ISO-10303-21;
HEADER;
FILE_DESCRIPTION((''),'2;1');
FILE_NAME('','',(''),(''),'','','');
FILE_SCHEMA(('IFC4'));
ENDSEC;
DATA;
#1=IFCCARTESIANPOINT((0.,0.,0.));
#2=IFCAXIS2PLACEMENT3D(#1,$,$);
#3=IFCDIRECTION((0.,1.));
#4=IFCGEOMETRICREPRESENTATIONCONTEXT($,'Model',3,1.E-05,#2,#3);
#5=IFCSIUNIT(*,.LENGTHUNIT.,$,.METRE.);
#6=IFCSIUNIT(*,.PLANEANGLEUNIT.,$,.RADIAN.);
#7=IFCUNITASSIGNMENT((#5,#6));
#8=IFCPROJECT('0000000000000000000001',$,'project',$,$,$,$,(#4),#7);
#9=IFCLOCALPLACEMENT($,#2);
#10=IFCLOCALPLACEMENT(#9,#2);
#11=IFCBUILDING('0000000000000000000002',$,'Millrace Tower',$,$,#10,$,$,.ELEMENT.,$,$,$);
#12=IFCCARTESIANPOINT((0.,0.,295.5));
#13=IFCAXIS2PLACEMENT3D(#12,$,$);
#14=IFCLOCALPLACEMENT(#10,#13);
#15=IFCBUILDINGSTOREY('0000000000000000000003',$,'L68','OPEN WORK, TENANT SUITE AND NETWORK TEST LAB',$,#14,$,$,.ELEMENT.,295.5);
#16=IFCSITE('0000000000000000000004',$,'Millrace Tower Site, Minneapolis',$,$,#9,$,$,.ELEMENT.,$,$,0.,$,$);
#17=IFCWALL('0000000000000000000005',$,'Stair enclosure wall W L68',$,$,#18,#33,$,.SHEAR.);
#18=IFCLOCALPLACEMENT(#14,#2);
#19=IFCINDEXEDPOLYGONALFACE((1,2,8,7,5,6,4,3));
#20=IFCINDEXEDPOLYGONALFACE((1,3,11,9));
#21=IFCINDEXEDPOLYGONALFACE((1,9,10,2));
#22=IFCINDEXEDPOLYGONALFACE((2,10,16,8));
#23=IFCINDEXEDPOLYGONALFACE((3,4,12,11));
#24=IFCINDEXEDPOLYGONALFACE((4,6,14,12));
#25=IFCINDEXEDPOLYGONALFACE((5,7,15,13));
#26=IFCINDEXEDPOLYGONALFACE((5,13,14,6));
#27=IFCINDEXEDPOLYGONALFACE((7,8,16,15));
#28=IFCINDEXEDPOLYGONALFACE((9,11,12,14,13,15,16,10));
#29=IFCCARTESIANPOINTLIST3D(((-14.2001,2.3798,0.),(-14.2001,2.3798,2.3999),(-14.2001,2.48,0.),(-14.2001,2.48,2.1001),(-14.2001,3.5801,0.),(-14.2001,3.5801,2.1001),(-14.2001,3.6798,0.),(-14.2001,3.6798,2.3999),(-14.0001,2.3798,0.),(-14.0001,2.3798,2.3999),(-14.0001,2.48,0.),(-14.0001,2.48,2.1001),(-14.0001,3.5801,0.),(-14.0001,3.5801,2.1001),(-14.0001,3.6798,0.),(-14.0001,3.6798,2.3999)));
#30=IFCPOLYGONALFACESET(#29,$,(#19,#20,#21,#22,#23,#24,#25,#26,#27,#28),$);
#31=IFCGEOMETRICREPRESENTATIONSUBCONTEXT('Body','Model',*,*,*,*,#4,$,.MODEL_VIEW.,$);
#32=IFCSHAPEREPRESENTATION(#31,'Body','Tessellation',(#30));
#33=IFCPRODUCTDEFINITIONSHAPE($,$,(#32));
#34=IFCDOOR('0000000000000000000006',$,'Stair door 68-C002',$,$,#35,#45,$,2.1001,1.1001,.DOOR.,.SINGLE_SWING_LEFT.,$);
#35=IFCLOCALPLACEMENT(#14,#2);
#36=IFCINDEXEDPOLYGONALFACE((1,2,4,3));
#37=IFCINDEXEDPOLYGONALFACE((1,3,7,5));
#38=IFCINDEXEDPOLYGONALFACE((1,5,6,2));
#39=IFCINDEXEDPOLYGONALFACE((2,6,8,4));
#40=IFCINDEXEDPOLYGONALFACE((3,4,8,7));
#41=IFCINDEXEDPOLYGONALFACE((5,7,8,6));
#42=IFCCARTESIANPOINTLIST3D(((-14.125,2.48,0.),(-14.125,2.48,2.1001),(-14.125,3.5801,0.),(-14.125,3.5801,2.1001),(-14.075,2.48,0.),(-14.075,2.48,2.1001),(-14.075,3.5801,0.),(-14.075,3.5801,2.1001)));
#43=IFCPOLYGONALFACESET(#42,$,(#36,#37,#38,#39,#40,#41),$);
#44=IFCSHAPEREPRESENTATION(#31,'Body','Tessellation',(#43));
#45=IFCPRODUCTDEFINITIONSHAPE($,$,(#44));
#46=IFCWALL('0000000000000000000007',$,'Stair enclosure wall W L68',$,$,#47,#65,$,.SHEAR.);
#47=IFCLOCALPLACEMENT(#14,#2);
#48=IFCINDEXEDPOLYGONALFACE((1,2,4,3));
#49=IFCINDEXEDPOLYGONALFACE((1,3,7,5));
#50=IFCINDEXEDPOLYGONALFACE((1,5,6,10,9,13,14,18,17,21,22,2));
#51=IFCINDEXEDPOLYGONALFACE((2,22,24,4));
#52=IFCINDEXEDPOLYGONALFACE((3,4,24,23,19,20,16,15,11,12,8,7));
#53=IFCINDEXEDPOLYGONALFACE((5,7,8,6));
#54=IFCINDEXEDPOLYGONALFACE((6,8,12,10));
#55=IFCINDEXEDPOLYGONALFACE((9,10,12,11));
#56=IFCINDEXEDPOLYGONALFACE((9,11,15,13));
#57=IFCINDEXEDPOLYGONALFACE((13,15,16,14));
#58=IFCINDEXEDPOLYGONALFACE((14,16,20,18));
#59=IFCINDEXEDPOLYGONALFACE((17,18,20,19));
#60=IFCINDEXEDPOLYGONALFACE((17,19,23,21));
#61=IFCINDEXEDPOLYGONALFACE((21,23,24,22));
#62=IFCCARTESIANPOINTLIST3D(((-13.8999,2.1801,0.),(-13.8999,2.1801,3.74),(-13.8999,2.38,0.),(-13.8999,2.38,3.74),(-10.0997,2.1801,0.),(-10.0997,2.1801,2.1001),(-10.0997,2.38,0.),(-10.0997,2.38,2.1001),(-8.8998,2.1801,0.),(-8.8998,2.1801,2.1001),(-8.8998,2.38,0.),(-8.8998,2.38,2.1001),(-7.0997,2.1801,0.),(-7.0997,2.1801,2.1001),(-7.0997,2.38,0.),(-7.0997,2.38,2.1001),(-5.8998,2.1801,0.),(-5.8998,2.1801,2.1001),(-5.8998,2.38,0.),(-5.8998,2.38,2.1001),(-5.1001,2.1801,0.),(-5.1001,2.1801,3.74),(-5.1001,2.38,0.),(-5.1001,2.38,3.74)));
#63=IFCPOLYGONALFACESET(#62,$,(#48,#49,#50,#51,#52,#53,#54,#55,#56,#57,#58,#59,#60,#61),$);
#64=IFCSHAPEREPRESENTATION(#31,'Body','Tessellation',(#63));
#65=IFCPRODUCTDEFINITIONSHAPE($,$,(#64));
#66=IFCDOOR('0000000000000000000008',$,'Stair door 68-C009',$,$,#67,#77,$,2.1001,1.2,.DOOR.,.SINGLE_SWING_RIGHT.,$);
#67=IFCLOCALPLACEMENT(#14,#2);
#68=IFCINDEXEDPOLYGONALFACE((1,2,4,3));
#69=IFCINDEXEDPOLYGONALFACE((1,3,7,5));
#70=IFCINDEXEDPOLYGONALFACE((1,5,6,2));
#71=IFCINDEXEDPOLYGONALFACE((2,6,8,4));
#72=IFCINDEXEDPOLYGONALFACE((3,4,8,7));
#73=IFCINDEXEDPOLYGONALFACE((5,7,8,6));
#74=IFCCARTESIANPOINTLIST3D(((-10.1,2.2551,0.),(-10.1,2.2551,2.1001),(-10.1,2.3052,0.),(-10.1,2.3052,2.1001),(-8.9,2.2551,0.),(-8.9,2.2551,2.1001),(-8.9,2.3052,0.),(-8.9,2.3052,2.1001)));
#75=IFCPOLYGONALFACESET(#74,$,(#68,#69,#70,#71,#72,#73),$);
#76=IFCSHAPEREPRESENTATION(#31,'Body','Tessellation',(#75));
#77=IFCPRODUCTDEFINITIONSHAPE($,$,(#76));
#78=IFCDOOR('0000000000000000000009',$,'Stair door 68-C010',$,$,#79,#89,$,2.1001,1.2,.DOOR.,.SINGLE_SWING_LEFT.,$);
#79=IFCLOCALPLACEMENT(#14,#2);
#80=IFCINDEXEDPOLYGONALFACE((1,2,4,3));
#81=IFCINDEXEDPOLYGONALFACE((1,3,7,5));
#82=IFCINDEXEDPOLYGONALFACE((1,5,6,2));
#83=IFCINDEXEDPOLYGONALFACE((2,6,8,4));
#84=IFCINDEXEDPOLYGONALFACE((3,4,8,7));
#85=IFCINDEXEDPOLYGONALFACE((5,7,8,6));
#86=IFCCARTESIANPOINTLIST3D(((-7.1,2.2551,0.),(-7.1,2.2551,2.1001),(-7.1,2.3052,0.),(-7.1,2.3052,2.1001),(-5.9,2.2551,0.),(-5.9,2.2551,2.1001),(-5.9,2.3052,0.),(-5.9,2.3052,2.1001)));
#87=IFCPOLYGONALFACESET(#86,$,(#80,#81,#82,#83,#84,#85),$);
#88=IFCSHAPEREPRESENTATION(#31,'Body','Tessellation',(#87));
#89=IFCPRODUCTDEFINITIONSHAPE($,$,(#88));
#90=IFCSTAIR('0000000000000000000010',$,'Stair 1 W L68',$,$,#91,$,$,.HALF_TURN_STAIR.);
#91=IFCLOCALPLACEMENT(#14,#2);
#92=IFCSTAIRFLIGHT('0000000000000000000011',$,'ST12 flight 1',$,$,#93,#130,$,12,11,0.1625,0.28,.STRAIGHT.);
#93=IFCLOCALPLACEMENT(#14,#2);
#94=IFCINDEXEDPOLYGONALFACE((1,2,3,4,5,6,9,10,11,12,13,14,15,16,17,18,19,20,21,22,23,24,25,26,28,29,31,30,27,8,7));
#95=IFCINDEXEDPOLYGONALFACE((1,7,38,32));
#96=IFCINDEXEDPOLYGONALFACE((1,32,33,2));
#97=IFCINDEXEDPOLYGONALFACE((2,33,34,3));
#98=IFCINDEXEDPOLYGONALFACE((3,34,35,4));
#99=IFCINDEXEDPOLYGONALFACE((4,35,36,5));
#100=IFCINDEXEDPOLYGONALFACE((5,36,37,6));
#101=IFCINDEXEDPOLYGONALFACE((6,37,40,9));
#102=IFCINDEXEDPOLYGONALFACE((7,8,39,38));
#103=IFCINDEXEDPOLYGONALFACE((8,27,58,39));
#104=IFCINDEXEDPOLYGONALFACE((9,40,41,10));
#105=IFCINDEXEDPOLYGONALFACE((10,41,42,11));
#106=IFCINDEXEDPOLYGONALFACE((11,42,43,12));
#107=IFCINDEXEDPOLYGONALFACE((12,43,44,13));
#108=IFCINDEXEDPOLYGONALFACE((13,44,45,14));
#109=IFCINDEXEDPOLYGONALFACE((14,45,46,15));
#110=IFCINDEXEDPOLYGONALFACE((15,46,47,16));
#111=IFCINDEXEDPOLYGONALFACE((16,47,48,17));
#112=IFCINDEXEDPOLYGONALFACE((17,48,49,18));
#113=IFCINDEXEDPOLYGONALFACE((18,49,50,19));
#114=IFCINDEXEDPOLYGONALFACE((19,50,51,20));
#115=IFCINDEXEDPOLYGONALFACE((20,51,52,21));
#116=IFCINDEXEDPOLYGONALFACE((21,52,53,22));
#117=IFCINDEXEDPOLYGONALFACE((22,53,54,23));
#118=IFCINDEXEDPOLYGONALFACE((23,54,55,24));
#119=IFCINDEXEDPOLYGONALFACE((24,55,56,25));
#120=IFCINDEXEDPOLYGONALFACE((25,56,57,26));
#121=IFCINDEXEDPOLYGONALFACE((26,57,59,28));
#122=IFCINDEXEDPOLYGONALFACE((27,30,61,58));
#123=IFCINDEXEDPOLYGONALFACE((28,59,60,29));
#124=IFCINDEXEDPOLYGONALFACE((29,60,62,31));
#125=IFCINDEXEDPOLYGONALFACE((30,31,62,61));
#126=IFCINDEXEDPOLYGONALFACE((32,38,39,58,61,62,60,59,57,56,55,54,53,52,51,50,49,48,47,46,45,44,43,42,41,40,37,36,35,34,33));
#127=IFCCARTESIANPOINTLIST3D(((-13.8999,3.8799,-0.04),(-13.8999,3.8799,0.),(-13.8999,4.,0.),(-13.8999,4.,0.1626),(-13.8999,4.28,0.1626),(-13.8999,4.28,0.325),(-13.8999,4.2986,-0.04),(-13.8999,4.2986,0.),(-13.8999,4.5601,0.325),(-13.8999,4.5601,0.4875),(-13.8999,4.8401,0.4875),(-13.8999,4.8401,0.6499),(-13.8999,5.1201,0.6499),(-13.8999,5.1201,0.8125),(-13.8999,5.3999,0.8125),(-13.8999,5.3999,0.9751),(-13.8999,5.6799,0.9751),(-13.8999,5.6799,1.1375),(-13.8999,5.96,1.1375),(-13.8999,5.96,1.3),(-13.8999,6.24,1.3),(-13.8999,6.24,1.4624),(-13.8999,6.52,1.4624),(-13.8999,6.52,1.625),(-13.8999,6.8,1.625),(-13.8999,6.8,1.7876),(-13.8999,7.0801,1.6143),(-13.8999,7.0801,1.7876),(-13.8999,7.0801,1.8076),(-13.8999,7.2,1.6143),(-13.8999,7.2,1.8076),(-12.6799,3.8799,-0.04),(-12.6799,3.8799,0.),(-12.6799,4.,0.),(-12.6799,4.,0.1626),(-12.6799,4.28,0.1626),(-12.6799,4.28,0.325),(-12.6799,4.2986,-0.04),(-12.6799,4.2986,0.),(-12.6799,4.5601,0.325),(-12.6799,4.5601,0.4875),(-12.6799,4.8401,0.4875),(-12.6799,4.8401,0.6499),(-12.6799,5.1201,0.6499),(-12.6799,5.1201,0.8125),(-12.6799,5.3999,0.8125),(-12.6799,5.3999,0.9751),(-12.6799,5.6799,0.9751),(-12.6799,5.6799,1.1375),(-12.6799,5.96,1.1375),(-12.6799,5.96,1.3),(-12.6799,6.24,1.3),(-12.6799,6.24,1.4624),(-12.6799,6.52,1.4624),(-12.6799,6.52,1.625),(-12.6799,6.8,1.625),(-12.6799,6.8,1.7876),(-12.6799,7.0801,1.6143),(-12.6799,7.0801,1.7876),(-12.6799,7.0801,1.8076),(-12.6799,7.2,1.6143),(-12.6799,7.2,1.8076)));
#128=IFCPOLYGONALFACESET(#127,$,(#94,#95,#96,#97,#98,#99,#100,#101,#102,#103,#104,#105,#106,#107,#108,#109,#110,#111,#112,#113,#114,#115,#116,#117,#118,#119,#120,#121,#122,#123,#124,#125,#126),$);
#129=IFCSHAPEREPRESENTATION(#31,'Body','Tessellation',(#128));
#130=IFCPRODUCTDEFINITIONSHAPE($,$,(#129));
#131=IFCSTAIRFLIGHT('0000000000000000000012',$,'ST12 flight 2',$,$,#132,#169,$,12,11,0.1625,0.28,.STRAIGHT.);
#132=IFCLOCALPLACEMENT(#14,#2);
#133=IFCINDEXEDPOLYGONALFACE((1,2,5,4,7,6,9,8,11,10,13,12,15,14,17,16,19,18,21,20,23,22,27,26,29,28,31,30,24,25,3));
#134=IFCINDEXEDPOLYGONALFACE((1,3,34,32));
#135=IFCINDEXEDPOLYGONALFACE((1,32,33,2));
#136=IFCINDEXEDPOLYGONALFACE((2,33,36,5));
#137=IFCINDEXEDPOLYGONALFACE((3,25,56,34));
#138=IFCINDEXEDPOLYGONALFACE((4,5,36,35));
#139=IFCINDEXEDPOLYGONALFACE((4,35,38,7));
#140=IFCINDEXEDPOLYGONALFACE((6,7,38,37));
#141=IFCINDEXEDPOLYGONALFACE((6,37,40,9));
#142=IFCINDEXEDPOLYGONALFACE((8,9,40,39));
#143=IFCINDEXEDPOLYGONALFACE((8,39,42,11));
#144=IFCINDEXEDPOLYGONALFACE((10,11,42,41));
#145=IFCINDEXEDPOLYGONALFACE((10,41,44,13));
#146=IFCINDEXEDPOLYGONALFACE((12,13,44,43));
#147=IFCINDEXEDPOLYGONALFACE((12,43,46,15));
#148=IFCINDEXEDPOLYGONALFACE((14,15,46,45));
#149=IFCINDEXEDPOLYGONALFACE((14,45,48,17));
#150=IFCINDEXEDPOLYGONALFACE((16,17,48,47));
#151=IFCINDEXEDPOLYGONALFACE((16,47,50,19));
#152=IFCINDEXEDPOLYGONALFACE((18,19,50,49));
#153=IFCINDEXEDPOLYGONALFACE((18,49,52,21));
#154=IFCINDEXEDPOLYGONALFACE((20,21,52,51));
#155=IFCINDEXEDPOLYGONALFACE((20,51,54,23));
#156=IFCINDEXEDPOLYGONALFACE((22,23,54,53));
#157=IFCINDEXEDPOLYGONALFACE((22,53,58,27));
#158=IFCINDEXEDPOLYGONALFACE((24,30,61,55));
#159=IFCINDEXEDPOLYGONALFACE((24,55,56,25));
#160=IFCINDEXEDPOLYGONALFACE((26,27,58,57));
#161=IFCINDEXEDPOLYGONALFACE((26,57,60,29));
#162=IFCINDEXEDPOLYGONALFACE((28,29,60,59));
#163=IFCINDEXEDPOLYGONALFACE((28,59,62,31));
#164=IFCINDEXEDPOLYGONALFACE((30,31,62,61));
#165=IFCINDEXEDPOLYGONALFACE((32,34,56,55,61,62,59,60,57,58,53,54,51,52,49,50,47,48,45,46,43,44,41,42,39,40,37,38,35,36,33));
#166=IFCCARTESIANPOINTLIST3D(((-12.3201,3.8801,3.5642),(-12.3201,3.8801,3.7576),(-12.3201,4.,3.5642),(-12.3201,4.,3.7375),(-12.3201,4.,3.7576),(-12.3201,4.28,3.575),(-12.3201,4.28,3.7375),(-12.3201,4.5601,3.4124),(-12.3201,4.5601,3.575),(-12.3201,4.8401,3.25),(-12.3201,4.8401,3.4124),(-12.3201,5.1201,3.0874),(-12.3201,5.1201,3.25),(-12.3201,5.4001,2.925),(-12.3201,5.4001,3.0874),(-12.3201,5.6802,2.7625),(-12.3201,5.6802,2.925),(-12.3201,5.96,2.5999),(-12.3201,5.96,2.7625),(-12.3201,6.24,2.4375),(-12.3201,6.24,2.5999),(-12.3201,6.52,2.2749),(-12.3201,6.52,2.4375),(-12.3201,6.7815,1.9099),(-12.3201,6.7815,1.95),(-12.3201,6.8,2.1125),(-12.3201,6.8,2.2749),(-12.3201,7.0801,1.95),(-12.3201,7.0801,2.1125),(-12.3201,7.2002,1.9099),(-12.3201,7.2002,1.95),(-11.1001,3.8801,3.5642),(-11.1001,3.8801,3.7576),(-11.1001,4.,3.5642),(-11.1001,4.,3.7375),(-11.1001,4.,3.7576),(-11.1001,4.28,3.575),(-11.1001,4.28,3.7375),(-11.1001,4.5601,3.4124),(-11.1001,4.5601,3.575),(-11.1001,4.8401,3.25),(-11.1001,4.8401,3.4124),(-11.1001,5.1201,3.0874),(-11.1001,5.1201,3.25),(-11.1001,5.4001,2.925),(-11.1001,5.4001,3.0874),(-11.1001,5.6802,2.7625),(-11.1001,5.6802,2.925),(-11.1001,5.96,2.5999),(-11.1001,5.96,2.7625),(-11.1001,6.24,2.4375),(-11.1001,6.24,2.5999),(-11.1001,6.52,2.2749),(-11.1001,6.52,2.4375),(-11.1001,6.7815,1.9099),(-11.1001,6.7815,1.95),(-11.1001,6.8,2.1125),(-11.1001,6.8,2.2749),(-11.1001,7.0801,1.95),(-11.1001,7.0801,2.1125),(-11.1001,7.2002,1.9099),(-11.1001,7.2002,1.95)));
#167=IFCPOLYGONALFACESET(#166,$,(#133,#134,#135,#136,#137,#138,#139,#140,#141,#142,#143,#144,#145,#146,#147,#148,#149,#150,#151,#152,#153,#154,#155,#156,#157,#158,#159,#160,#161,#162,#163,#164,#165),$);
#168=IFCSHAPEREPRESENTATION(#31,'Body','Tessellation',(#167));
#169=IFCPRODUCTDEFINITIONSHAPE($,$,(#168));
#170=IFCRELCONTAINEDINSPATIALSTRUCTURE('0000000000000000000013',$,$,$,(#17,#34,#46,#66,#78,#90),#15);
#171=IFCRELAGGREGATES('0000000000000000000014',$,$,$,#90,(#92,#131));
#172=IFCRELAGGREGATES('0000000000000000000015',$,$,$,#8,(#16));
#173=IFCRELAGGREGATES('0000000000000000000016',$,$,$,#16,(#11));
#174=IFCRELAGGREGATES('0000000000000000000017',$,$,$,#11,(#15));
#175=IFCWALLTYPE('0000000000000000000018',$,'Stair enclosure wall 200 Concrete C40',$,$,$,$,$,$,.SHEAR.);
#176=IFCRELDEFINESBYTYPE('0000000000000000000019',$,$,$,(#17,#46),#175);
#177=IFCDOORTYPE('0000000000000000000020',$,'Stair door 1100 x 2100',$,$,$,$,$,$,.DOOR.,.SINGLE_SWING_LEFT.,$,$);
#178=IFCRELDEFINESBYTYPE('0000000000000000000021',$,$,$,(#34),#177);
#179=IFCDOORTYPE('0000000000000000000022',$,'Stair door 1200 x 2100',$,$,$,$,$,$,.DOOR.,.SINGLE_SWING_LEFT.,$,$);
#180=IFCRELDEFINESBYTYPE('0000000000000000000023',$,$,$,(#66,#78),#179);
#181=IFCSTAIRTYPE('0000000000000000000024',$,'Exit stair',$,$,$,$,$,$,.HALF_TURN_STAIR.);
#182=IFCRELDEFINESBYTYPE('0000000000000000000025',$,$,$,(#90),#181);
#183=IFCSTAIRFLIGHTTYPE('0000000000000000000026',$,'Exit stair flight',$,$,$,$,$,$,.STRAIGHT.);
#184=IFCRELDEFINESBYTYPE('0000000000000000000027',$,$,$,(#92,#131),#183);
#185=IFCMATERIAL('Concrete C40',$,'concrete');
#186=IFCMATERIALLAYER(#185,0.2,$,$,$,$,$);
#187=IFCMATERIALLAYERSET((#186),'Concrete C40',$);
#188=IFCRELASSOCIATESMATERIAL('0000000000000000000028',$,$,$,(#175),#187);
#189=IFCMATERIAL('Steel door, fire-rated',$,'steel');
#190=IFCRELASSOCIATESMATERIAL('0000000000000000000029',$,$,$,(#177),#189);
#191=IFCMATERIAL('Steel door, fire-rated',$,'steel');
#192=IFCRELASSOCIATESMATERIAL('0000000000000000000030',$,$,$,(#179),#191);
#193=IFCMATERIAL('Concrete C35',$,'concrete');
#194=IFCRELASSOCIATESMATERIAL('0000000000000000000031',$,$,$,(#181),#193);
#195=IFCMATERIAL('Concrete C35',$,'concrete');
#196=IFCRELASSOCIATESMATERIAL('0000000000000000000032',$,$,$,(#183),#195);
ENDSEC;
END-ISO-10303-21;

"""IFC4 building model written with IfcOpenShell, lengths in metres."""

from ifc_helpers import new_model, si_unit, direction, frame, frame_2d, origin, place, context, subcontext, project, spatial, polyline, rectangle, outline, extrude, material, layer, layer_set, type_object, element, fill, aggregate, save


model = new_model("IFC4")

# Units and contexts
model_context = context("Model", 3, precision=1e-05, world=origin(), true_north=direction((0.0, 1.0)))
body_context = subcontext(model_context, "Body", "Model", "MODEL_VIEW")
ifc_project = project(units=[si_unit("LENGTHUNIT", "METRE"), si_unit("PLANEANGLEUNIT", "RADIAN")], contexts=[model_context])

# Site, building, storey
site_placement = place(None, origin())
site = spatial("IfcSite", under=ifc_project, at=site_placement, Name="Millrace Tower Site, Minneapolis", CompositionType="ELEMENT", RefElevation=0.0)
building_placement = place(site_placement, origin())
building = spatial("IfcBuilding", under=site, at=building_placement, Name="Millrace Tower", CompositionType="ELEMENT")
storey_placement = place(building_placement, frame((0.0, 0.0, 295.5)))
storey = spatial("IfcBuildingStorey", under=building, at=storey_placement, Name="L68", Description="OPEN WORK, TENANT SUITE AND NETWORK TEST LAB", CompositionType="ELEMENT", Elevation=295.5)

# Shared definitions
placement = place(storey_placement, origin())

# Wall, opening, door
ifc_material_1 = material(Name="Concrete C40", Category="concrete")
ifc_layer_1 = layer(ifc_material_1, 0.2)
ifc_layer_set_1 = layer_set([ifc_layer_1], Name="Concrete C40")
wall_type_1 = type_object("IfcWallType", Name="Stair enclosure wall 200 Concrete C40", PredefinedType="SHEAR", material=ifc_layer_set_1)
wall_1_placement = place(storey_placement, frame((-14.1001, 2.3799, 0.0), z_axis=(0.0, 0.0, 1.0), x_axis=(0.0, 1.0, 0.0)))
wall_1 = element("IfcWall", 1, at=wall_1_placement, inside=storey, type_object=wall_type_1, Name="Stair enclosure wall W L68", PredefinedType="SHEAR", context=body_context, shape_type="SweptSolid", body=[
    extrude(rectangle(XDim=1.3, YDim=0.2, at=frame_2d((0.6499, 0.0))), origin(), (0.0, 0.0, 1.0), 2.3999),
])
opening_1_placement = place(wall_1_placement, frame((0.1001, 0.0, 0.0)))
opening_1 = element("IfcOpeningElement", 2, at=opening_1_placement, cuts=wall_1, PredefinedType="OPENING", context=body_context, shape_type="SweptSolid", body=[
    extrude(rectangle(XDim=1.1001, YDim=2.1001, at=frame_2d((0.55, 1.05))), frame((0.0, 0.1099, 0.0), z_axis=(0.0, -1.0, 0.0), x_axis=(1.0, 0.0, 0.0)), (0.0, 0.0, 1.0), 0.22),
])
ifc_material_2 = material(Name="Steel door, fire-rated", Category="steel")
door_type_1 = type_object("IfcDoorType", Name="Stair door 1100 x 2100", OperationType="SINGLE_SWING_LEFT", PredefinedType="DOOR", material=ifc_material_2)
door_1_placement = place(opening_1_placement, origin())
door_1 = element("IfcDoor", 3, at=door_1_placement, inside=storey, type_object=door_type_1, Name="Stair door 68-C002", OperationType="SINGLE_SWING_LEFT", OverallHeight=2.1001, OverallWidth=1.1001, PredefinedType="DOOR", context=body_context, shape_type="SweptSolid", body=[
    extrude(rectangle(XDim=1.1001, YDim=2.1001, at=frame_2d((0.55, 1.05))), frame((0.0, 0.0249, 0.0), z_axis=(0.0, -1.0, 0.0), x_axis=(1.0, 0.0, 0.0)), (0.0, 0.0, 1.0), 0.05),
])
fill(opening_1, door_1)

# Wall, openings, doors
wall_2_placement = place(storey_placement, frame((-13.8999, 2.28, 0.0), z_axis=(0.0, 0.0, 1.0), x_axis=(1.0, 0.0, 0.0)))
wall_2 = element("IfcWall", 4, at=wall_2_placement, inside=storey, type_object=wall_type_1, Name="Stair enclosure wall W L68", PredefinedType="SHEAR", context=body_context, shape_type="SweptSolid", body=[
    extrude(rectangle(XDim=8.7998, YDim=0.2, at=frame_2d((4.3999, 0.0))), origin(), (0.0, 0.0, 1.0), 3.74),
])
opening_2_placement = place(wall_2_placement, frame((3.8, 0.0, 0.0)))
opening_2 = element("IfcOpeningElement", 5, at=opening_2_placement, cuts=wall_2, PredefinedType="OPENING", context=body_context, shape_type="SweptSolid", body=[
    extrude(rectangle(XDim=1.2, YDim=2.1001, at=frame_2d((0.6001, 1.05))), frame((0.0, 0.1099, 0.0), z_axis=(0.0, -1.0, 0.0), x_axis=(1.0, 0.0, 0.0)), (0.0, 0.0, 1.0), 0.22),
])
opening_3_placement = place(wall_2_placement, frame((6.8, 0.0, 0.0)))
opening_3 = element("IfcOpeningElement", 6, at=opening_3_placement, cuts=wall_2, PredefinedType="OPENING", context=body_context, shape_type="SweptSolid", body=[
    extrude(rectangle(XDim=1.2, YDim=2.1001, at=frame_2d((0.6001, 1.05))), frame((0.0, 0.1099, 0.0), z_axis=(0.0, -1.0, 0.0), x_axis=(1.0, 0.0, 0.0)), (0.0, 0.0, 1.0), 0.22),
])
ifc_material_3 = material(Name="Steel door, fire-rated", Category="steel")
door_type_2 = type_object("IfcDoorType", Name="Stair door 1200 x 2100", OperationType="SINGLE_SWING_LEFT", PredefinedType="DOOR", material=ifc_material_3)
door_2_placement = place(opening_2_placement, frame((1.2, 0.0, 0.0), z_axis=(0.0, 0.0, 1.0), x_axis=(-1.0, 0.0, 0.0)))
door_2 = element("IfcDoor", 7, at=door_2_placement, inside=storey, type_object=door_type_2, Name="Stair door 68-C009", OperationType="SINGLE_SWING_RIGHT", OverallHeight=2.1001, OverallWidth=1.2, PredefinedType="DOOR", context=body_context, shape_type="SweptSolid", body=[
    extrude(rectangle(XDim=1.2, YDim=2.1001, at=frame_2d((0.6001, 1.05))), frame((0.0, 0.0249, 0.0), z_axis=(0.0, -1.0, 0.0), x_axis=(1.0, 0.0, 0.0)), (0.0, 0.0, 1.0), 0.05),
])
fill(opening_2, door_2)
door_3_placement = place(opening_3_placement, frame((1.2, 0.0, 0.0), z_axis=(0.0, 0.0, 1.0), x_axis=(-1.0, 0.0, 0.0)))
door_3 = element("IfcDoor", 8, at=door_3_placement, inside=storey, type_object=door_type_2, Name="Stair door 68-C010", OperationType="SINGLE_SWING_LEFT", OverallHeight=2.1001, OverallWidth=1.2, PredefinedType="DOOR", context=body_context, shape_type="SweptSolid", body=[
    extrude(rectangle(XDim=1.2, YDim=2.1001, at=frame_2d((0.6001, 1.05))), frame((0.0, 0.0249, 0.0), z_axis=(0.0, -1.0, 0.0), x_axis=(1.0, 0.0, 0.0)), (0.0, 0.0, 1.0), 0.05),
])
fill(opening_3, door_3)

# Stair, stair flights
ifc_material_4 = material(Name="Concrete C35", Category="concrete")
stair_type = type_object("IfcStairType", Name="Exit stair", PredefinedType="HALF_TURN_STAIR", material=ifc_material_4)
stair = element("IfcStair", 9, at=placement, inside=storey, type_object=stair_type, Name="Stair 1 W L68", PredefinedType="HALF_TURN_STAIR")
ifc_material_5 = material(Name="Concrete C35", Category="concrete")
stair_flight_type = type_object("IfcStairFlightType", Name="Exit stair flight", PredefinedType="STRAIGHT", material=ifc_material_5)
stair_flight_1_placement = place(storey_placement, frame((-13.29, 4.0, 0.0), z_axis=(0.0, 0.0, 1.0), x_axis=(0.0, 1.0, 0.0)))
stair_flight_1 = element("IfcStairFlight", 10, at=stair_flight_1_placement, type_object=stair_flight_type, Name="ST12 flight 1", NumberOfRisers=12, NumberOfTreads=11, PredefinedType="STRAIGHT", RiserHeight=0.1625, TreadLength=0.28, context=body_context, shape_type="SweptSolid", body=[
    extrude(outline(polyline([(-0.1201, -0.04), (-0.1201, 0.0), (0.0, 0.0), (0.0, 0.1626), (0.28, 0.1626), (0.28, 0.325), (0.5601, 0.325), (0.5601, 0.4875), (0.8401, 0.4875), (0.8401, 0.6499), (1.1201, 0.6499), (1.1201, 0.8125), (1.3999, 0.8125), (1.3999, 0.9751), (1.6799, 0.9751), (1.6799, 1.1375), (1.96, 1.1375), (1.96, 1.3), (2.24, 1.3), (2.24, 1.4624), (2.52, 1.4624), (2.52, 1.625), (2.8, 1.625), (2.8, 1.7876), (3.0801, 1.7876), (3.0801, 1.8076), (3.2, 1.8076), (3.2, 1.6143), (3.0801, 1.6143), (0.2986, 0.0), (0.2986, -0.04), (-0.1201, -0.04)])), frame((0.0, 0.6099, 0.0), z_axis=(0.0, -1.0, 0.0), x_axis=(1.0, 0.0, 0.0)), (0.0, 0.0, 1.0), 1.22),
])
stair_flight_2_placement = place(storey_placement, frame((-11.71, 7.0801, 1.95), z_axis=(0.0, 0.0, 1.0), x_axis=(0.0, -1.0, 0.0)))
stair_flight_2 = element("IfcStairFlight", 11, at=stair_flight_2_placement, type_object=stair_flight_type, Name="ST12 flight 2", NumberOfRisers=12, NumberOfTreads=11, PredefinedType="STRAIGHT", RiserHeight=0.1625, TreadLength=0.28, context=body_context, shape_type="SweptSolid", body=[
    extrude(outline(polyline([(-0.1201, -0.04), (-0.1201, 0.0), (0.0, 0.0), (0.0, 0.1626), (0.28, 0.1626), (0.28, 0.325), (0.5601, 0.325), (0.5601, 0.4875), (0.8401, 0.4875), (0.8401, 0.6499), (1.1201, 0.6499), (1.1201, 0.8125), (1.3999, 0.8125), (1.3999, 0.9751), (1.6799, 0.9751), (1.6799, 1.1375), (1.96, 1.1375), (1.96, 1.3), (2.24, 1.3), (2.24, 1.4624), (2.52, 1.4624), (2.52, 1.625), (2.8, 1.625), (2.8, 1.7876), (3.0801, 1.7876), (3.0801, 1.8076), (3.2, 1.8076), (3.2, 1.6143), (3.0801, 1.6143), (0.2986, 0.0), (0.2986, -0.04), (-0.1201, -0.04)])), frame((0.0, 0.6099, 0.0), z_axis=(0.0, -1.0, 0.0), x_axis=(1.0, 0.0, 0.0)), (0.0, 0.0, 1.0), 1.22),
])
aggregate(stair, [stair_flight_1, stair_flight_2])

save(model, "model.ifc")
